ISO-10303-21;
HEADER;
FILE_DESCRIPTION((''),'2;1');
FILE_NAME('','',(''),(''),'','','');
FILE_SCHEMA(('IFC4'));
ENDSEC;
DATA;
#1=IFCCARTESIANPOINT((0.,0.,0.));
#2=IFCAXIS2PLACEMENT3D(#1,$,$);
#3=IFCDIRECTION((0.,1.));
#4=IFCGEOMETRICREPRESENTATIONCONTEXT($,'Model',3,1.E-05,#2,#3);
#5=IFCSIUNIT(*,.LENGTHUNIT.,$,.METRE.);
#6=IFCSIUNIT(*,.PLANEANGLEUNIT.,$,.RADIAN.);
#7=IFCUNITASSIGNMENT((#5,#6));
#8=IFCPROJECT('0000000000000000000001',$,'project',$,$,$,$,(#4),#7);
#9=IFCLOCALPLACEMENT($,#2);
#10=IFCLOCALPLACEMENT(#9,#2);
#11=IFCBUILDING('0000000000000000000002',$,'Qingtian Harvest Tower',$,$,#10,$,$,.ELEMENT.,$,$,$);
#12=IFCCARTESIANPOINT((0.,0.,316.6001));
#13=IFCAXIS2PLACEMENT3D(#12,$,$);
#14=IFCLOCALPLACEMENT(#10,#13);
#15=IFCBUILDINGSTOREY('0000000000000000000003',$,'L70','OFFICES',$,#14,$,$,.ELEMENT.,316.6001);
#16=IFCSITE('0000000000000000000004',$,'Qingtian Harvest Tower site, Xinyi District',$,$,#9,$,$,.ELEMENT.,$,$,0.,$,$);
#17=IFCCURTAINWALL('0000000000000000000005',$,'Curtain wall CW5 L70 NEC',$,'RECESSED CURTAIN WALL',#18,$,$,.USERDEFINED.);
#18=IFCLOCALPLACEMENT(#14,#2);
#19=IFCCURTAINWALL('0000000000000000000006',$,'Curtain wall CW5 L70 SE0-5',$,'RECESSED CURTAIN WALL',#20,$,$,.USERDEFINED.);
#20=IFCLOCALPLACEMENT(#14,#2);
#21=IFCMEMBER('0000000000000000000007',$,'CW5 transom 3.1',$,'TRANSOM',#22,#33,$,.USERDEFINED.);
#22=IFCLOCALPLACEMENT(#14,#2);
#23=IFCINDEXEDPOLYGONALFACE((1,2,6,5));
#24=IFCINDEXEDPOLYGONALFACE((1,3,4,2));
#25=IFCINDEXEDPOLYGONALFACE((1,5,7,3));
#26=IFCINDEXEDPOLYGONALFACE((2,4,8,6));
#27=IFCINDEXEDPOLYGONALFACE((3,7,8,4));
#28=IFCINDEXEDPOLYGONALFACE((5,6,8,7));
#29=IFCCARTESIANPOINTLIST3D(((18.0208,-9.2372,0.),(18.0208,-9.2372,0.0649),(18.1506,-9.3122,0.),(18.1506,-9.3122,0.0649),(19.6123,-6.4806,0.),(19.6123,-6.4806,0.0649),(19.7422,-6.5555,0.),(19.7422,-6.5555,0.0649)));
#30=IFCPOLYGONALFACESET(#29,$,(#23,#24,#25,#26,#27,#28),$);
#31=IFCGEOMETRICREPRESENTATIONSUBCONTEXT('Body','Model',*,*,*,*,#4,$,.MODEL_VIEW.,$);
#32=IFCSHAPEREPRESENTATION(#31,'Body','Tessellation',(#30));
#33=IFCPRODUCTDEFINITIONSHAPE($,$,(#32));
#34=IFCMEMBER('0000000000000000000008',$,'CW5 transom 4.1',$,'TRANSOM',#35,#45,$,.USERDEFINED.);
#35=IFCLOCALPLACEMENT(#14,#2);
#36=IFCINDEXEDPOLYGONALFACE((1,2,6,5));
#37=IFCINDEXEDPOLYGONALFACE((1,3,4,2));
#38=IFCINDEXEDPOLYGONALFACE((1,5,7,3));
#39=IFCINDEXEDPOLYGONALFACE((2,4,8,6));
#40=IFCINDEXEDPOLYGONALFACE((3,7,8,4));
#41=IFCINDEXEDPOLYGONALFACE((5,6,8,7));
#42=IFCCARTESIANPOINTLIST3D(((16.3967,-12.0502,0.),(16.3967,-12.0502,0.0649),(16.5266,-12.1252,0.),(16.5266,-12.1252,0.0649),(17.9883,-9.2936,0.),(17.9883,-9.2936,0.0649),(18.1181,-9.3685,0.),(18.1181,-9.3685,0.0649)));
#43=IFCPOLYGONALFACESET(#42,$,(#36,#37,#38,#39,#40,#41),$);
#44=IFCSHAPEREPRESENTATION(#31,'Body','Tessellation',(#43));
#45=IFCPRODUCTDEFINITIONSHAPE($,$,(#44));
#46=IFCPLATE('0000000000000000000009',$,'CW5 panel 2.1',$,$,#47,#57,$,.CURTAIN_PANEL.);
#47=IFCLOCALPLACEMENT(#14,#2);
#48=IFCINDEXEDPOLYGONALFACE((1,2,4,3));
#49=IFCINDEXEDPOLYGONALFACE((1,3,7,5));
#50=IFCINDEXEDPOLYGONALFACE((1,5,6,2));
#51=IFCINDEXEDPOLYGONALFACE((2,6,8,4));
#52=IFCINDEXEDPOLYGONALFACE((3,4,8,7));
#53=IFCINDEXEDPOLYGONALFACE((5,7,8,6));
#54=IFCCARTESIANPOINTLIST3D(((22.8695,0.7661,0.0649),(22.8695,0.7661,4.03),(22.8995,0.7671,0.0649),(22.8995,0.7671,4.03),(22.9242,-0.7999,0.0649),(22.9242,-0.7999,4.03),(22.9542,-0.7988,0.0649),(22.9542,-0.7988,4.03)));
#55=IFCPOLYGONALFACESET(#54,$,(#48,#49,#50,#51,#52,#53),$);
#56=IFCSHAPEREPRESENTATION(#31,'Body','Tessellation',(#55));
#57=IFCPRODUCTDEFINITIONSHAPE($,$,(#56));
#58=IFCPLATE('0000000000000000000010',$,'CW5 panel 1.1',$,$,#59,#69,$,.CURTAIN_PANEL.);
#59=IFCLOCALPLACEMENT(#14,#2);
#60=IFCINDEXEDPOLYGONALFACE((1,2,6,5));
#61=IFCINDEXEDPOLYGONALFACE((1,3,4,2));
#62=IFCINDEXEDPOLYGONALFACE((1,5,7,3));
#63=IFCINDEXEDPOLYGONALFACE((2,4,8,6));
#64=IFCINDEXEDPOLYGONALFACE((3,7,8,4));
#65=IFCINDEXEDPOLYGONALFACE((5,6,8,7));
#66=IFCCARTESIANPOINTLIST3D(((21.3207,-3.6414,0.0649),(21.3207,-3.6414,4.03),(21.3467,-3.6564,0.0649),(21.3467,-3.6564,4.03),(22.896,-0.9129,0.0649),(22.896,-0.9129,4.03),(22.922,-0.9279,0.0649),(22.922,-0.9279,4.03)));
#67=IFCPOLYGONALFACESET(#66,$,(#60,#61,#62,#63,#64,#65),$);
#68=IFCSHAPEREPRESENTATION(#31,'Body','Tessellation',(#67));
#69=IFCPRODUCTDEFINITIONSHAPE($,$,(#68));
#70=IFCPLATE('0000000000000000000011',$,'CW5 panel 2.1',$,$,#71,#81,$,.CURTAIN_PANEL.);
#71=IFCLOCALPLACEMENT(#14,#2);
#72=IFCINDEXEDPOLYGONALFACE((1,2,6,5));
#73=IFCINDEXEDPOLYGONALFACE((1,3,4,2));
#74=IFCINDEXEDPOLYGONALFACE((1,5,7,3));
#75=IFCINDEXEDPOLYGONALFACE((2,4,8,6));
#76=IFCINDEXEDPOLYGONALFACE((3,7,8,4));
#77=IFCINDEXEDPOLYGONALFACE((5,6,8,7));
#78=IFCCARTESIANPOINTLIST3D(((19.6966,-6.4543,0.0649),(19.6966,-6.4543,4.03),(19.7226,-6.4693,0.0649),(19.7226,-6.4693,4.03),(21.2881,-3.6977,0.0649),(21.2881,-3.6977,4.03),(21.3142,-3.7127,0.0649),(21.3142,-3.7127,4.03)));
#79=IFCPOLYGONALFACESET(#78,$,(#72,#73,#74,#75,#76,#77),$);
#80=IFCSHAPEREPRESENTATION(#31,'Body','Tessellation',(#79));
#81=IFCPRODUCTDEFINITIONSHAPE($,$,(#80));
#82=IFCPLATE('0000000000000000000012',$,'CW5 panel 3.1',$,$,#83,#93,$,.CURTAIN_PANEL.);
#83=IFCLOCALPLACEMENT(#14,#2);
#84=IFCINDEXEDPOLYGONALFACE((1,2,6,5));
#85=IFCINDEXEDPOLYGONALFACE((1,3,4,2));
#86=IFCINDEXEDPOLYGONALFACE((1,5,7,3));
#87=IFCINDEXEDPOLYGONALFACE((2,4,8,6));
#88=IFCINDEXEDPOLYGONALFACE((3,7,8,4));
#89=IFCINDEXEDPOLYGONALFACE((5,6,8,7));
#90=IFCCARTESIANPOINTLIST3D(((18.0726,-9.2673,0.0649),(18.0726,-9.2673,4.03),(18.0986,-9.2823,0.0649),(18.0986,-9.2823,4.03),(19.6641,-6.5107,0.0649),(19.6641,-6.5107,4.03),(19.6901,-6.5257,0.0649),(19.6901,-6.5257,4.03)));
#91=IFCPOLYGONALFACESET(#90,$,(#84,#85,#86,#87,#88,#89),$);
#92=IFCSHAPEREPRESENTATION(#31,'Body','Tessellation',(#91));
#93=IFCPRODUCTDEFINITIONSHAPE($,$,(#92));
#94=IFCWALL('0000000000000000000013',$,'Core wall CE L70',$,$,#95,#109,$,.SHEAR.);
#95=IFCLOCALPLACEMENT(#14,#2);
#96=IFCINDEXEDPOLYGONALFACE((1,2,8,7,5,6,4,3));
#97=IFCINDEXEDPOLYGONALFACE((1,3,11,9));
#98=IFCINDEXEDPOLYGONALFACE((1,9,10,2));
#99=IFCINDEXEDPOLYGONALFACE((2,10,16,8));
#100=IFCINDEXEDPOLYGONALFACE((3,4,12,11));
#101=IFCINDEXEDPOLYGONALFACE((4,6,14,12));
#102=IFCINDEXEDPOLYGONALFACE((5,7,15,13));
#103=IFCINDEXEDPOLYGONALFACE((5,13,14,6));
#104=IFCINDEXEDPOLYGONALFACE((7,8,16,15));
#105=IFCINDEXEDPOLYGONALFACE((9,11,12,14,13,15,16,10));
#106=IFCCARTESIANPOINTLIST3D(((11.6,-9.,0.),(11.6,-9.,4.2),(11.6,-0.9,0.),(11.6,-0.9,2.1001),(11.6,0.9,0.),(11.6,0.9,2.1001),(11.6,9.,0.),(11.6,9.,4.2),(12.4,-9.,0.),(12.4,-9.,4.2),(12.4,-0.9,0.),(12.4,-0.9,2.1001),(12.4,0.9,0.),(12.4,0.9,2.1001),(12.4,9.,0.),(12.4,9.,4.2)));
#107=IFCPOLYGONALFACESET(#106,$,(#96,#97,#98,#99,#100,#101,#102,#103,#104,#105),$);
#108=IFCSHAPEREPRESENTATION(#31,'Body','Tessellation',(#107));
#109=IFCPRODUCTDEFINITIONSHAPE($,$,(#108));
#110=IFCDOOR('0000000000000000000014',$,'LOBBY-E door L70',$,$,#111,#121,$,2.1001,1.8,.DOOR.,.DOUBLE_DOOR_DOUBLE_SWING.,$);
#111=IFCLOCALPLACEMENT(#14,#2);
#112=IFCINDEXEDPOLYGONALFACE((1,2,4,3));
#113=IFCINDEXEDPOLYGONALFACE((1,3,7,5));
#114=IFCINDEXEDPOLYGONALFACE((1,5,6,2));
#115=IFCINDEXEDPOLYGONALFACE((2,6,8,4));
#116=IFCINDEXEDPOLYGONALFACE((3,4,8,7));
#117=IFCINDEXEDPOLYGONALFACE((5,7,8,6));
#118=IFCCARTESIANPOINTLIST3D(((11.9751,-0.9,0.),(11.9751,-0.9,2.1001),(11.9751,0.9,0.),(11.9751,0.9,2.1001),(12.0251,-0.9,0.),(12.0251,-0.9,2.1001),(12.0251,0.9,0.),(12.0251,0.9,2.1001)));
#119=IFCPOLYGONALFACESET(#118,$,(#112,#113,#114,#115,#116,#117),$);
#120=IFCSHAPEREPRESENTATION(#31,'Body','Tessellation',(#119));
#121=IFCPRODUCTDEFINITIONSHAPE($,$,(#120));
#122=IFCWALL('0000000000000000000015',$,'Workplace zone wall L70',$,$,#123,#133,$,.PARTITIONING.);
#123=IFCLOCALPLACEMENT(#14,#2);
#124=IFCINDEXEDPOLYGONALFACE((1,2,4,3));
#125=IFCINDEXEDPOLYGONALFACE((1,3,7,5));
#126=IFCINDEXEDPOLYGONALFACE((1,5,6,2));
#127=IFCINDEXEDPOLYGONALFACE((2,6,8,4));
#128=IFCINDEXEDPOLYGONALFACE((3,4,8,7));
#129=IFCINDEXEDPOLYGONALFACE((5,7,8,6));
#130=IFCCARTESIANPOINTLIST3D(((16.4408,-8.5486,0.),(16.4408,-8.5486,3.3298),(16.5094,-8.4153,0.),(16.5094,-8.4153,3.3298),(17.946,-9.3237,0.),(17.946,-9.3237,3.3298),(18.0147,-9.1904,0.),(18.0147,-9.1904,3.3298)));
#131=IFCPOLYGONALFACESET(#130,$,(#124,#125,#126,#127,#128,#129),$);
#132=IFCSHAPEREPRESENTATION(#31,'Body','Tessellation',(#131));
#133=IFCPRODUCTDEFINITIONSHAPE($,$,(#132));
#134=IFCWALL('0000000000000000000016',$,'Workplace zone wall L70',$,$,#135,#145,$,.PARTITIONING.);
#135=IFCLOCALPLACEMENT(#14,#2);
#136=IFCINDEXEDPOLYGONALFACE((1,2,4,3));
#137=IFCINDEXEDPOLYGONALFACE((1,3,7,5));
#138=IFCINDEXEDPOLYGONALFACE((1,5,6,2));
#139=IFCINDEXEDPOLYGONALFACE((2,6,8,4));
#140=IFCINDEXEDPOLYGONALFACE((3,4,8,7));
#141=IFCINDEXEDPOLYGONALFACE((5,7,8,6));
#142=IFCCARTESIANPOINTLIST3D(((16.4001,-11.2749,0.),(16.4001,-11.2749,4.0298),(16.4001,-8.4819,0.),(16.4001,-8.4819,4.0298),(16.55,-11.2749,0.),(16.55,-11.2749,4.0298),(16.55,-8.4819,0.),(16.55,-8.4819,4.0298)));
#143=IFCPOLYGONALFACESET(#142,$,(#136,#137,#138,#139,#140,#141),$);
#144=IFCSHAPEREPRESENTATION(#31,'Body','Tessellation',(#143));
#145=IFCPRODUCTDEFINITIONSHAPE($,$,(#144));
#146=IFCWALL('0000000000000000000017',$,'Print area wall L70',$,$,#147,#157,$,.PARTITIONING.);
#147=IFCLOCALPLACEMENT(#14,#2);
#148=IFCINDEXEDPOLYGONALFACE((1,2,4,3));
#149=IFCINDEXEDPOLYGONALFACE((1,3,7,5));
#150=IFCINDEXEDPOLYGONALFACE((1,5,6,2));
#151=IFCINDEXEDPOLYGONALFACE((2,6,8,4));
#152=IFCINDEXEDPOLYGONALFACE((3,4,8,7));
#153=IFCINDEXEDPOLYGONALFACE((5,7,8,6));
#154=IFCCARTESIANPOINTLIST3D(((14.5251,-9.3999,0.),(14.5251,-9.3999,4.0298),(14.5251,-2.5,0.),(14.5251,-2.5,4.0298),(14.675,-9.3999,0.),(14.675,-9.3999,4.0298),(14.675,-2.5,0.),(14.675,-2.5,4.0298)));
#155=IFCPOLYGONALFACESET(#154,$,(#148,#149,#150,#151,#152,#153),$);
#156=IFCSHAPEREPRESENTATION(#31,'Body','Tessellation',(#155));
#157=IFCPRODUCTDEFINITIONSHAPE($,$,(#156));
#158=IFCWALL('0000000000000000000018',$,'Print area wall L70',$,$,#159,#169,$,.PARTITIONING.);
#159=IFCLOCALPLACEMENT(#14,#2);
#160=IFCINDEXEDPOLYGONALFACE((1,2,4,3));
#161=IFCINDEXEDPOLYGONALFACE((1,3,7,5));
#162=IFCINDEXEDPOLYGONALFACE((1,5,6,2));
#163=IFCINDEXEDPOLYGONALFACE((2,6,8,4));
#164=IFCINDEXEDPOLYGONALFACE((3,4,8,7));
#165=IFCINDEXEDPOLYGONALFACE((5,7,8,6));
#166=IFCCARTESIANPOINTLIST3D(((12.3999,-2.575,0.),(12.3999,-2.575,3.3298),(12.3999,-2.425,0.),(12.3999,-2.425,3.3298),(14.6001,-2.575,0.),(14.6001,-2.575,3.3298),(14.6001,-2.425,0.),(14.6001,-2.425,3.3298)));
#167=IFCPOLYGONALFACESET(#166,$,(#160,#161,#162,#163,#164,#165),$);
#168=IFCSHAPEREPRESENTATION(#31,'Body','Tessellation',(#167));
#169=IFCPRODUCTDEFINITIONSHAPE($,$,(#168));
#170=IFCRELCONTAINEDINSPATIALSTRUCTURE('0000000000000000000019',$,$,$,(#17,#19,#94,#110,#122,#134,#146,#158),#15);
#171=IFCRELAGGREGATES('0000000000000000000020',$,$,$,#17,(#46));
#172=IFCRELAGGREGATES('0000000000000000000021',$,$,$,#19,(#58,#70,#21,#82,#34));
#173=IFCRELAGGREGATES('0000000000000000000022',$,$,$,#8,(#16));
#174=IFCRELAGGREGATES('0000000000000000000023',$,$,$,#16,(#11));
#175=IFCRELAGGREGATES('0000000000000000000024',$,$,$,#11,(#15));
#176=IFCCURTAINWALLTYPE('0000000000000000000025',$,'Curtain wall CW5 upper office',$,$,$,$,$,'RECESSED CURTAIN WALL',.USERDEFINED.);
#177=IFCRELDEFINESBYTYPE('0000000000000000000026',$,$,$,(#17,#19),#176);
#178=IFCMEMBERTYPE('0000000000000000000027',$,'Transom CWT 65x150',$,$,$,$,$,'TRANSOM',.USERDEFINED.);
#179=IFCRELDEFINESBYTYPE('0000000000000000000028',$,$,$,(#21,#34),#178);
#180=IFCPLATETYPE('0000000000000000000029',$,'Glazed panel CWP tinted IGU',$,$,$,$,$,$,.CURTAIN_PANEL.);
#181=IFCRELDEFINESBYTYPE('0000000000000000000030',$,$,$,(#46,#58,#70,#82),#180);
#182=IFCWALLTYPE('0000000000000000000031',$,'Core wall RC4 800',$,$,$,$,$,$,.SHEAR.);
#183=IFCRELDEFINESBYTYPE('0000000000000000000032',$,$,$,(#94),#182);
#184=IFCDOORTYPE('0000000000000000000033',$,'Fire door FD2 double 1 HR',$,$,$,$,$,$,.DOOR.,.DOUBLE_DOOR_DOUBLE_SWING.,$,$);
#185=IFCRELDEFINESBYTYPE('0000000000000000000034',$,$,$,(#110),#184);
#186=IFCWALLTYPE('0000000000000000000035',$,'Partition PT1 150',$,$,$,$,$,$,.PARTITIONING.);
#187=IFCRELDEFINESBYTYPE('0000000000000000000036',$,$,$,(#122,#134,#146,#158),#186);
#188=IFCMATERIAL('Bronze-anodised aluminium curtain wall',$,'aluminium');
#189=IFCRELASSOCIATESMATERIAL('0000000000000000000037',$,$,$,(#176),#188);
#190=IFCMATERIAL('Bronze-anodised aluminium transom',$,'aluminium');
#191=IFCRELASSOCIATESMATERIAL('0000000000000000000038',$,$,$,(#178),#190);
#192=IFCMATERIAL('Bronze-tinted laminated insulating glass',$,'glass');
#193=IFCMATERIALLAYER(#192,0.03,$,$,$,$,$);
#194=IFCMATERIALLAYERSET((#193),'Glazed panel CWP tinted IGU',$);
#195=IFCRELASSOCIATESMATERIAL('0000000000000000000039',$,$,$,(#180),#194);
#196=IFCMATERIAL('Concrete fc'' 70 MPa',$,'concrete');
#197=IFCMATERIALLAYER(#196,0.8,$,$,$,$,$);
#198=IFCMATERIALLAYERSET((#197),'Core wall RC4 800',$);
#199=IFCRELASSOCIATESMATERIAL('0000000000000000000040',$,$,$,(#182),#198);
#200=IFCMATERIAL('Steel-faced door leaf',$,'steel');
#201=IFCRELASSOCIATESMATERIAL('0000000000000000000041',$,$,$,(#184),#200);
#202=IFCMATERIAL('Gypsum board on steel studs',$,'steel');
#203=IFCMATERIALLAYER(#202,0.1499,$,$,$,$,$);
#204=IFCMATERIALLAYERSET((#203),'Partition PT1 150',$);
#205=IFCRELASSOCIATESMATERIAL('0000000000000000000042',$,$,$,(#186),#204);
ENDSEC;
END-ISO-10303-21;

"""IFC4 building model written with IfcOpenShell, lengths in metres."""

from ifc_helpers import new_model, si_unit, direction, frame, frame_2d, origin, origin_2d, place, context, subcontext, project, spatial, rectangle, extrude, material, layer, layer_set, material_profile, profile_set, type_object, element, fill, aggregate, save


model = new_model("IFC4")

# Units and contexts
model_context = context("Model", 3, precision=1e-05, world=origin(), true_north=direction((0.0, 1.0)))
body_context = subcontext(model_context, "Body", "Model", "MODEL_VIEW")
ifc_project = project(units=[si_unit("LENGTHUNIT", "METRE"), si_unit("PLANEANGLEUNIT", "RADIAN")], contexts=[model_context])

# Site, building, storey
site_placement = place(None, origin())
site = spatial("IfcSite", under=ifc_project, at=site_placement, Name="Qingtian Harvest Tower site, Xinyi District", CompositionType="ELEMENT", RefElevation=0.0)
building_placement = place(site_placement, origin())
building = spatial("IfcBuilding", under=site, at=building_placement, Name="Qingtian Harvest Tower", CompositionType="ELEMENT")
storey_placement = place(building_placement, frame((0.0, 0.0, 316.6001)))
storey = spatial("IfcBuildingStorey", under=building, at=storey_placement, Name="L70", Description="OFFICES", CompositionType="ELEMENT", Elevation=316.6001)

# Curtain wall
ifc_material_1 = material(Name="Bronze-anodised aluminium curtain wall", Category="aluminium")
curtain_wall_type = type_object("IfcCurtainWallType", Name="Curtain wall CW5 upper office", ElementType="RECESSED CURTAIN WALL", PredefinedType="USERDEFINED", material=ifc_material_1)
curtain_wall_1_placement = place(storey_placement, origin())
curtain_wall_1 = element("IfcCurtainWall", 1, at=curtain_wall_1_placement, inside=storey, type_object=curtain_wall_type, Name="Curtain wall CW5 L70 NEC", ObjectType="RECESSED CURTAIN WALL", PredefinedType="USERDEFINED")

# Curtain wall
curtain_wall_2_placement = place(storey_placement, origin())
curtain_wall_2 = element("IfcCurtainWall", 2, at=curtain_wall_2_placement, inside=storey, type_object=curtain_wall_type, Name="Curtain wall CW5 L70 SE0-5", ObjectType="RECESSED CURTAIN WALL", PredefinedType="USERDEFINED")

# Members
ifc_material_2 = material(Name="Bronze-anodised aluminium transom", Category="aluminium")
ifc_material_profile_1 = material_profile(ifc_material_2, rectangle(XDim=0.1499, YDim=0.0649, at=origin_2d()), Name="AL 65x150")
ifc_profile_set_1 = profile_set([ifc_material_profile_1], Name="Bronze-anodised aluminium transom")
member_type_1 = type_object("IfcMemberType", Name="Transom CWT 65x150", ElementType="TRANSOM", PredefinedType="USERDEFINED", material=ifc_profile_set_1)
member_1_placement = place(storey_placement, frame((19.6772, -6.5181, 0.0325), z_axis=(-0.500008, -0.866021, 0.0), x_axis=(0.866021, -0.500008, 0.0)))
member_1 = element("IfcMember", 3, at=member_1_placement, type_object=member_type_1, Name="CW5 transom 3.1", ObjectType="TRANSOM", PredefinedType="USERDEFINED", context=body_context, shape_type="SweptSolid", body=[
    extrude(rectangle(XDim=0.1499, YDim=0.0649, at=origin_2d()), origin(), (0.0, 0.0, 1.0), 3.1831),
])
member_2_placement = place(storey_placement, frame((18.0532, -9.3311, 0.0325), z_axis=(-0.500008, -0.866021, 0.0), x_axis=(0.866021, -0.500008, 0.0)))
member_2 = element("IfcMember", 4, at=member_2_placement, type_object=member_type_1, Name="CW5 transom 4.1", ObjectType="TRANSOM", PredefinedType="USERDEFINED", context=body_context, shape_type="SweptSolid", body=[
    extrude(rectangle(XDim=0.1499, YDim=0.0649, at=origin_2d()), origin(), (0.0, 0.0, 1.0), 3.1831),
])

# Plates
ifc_material_3 = material(Name="Bronze-tinted laminated insulating glass", Category="glass")
ifc_layer_1 = layer(ifc_material_3, 0.03)
ifc_layer_set_1 = layer_set([ifc_layer_1], Name="Glazed panel CWP tinted IGU")
plate_type = type_object("IfcPlateType", Name="Glazed panel CWP tinted IGU", PredefinedType="CURTAIN_PANEL", material=ifc_layer_set_1)
plate_1_placement = place(storey_placement, frame((22.9119, -0.0164, 0.0649), z_axis=(0.0, 0.0, 1.0), x_axis=(0.034899, -0.999391, 0.0)))
plate_1 = element("IfcPlate", 5, at=plate_1_placement, type_object=plate_type, Name="CW5 panel 2.1", PredefinedType="CURTAIN_PANEL", context=body_context, shape_type="SweptSolid", body=[
    extrude(rectangle(XDim=1.5669, YDim=0.03, at=origin_2d()), origin(), (0.0, 0.0, 1.0), 3.9651),
])
aggregate(curtain_wall_1, [plate_1])
plate_2_placement = place(storey_placement, frame((22.1213, -2.2847, 0.0649), z_axis=(0.0, 0.0, 1.0), x_axis=(-0.5, -0.866025, 0.0)))
plate_2 = element("IfcPlate", 6, at=plate_2_placement, type_object=plate_type, Name="CW5 panel 1.1", PredefinedType="CURTAIN_PANEL", context=body_context, shape_type="SweptSolid", body=[
    extrude(rectangle(XDim=3.1506, YDim=0.03, at=origin_2d()), origin(), (0.0, 0.0, 1.0), 3.9651),
])
plate_3_placement = place(storey_placement, frame((20.5054, -5.0835, 0.0649), z_axis=(0.0, 0.0, 1.0), x_axis=(-0.5, -0.866025, 0.0)))
plate_3 = element("IfcPlate", 7, at=plate_3_placement, type_object=plate_type, Name="CW5 panel 2.1", PredefinedType="CURTAIN_PANEL", context=body_context, shape_type="SweptSolid", body=[
    extrude(rectangle(XDim=3.1831, YDim=0.03, at=origin_2d()), origin(), (0.0, 0.0, 1.0), 3.9651),
])
plate_4_placement = place(storey_placement, frame((18.8813, -7.8965, 0.0649), z_axis=(0.0, 0.0, 1.0), x_axis=(-0.5, -0.866025, 0.0)))
plate_4 = element("IfcPlate", 8, at=plate_4_placement, type_object=plate_type, Name="CW5 panel 3.1", PredefinedType="CURTAIN_PANEL", context=body_context, shape_type="SweptSolid", body=[
    extrude(rectangle(XDim=3.1831, YDim=0.03, at=origin_2d()), origin(), (0.0, 0.0, 1.0), 3.9651),
])
aggregate(curtain_wall_2, [plate_2, plate_3, member_1, plate_4, member_2])

# Wall, opening, door
ifc_material_4 = material(Name="Concrete fc' 70 MPa", Category="concrete")
ifc_layer_2 = layer(ifc_material_4, 0.8)
ifc_layer_set_2 = layer_set([ifc_layer_2], Name="Core wall RC4 800")
wall_type_1 = type_object("IfcWallType", Name="Core wall RC4 800", PredefinedType="SHEAR", material=ifc_layer_set_2)
wall_1_placement = place(storey_placement, frame((12.0, -9.0, 0.0), z_axis=(0.0, 0.0, 1.0), x_axis=(0.0, 1.0, 0.0)))
wall_1 = element("IfcWall", 9, at=wall_1_placement, inside=storey, type_object=wall_type_1, Name="Core wall CE L70", PredefinedType="SHEAR", context=body_context, shape_type="SweptSolid", body=[
    extrude(rectangle(XDim=18.0, YDim=0.8, at=frame_2d((9.0, 0.0))), origin(), (0.0, 0.0, 1.0), 4.2),
])
opening_placement = place(wall_1_placement, frame((8.1001, 0.0, 0.0)))
opening = element("IfcOpeningElement", 10, at=opening_placement, cuts=wall_1, PredefinedType="OPENING", context=body_context, shape_type="SweptSolid", body=[
    extrude(rectangle(XDim=1.8, YDim=2.1001, at=frame_2d((0.8999, 1.05))), frame((0.0, 0.4099, 0.0), z_axis=(0.0, -1.0, 0.0), x_axis=(1.0, 0.0, 0.0)), (0.0, 0.0, 1.0), 0.8201),
])
ifc_material_5 = material(Name="Steel-faced door leaf", Category="steel")
door_type = type_object("IfcDoorType", Name="Fire door FD2 double 1 HR", OperationType="DOUBLE_DOOR_DOUBLE_SWING", PredefinedType="DOOR", material=ifc_material_5)
door_placement = place(opening_placement, origin())
door = element("IfcDoor", 11, at=door_placement, inside=storey, type_object=door_type, Name="LOBBY-E door L70", OperationType="DOUBLE_DOOR_DOUBLE_SWING", OverallHeight=2.1001, OverallWidth=1.8, PredefinedType="DOOR", context=body_context, shape_type="SweptSolid", body=[
    extrude(rectangle(XDim=1.8, YDim=2.1001, at=frame_2d((0.8999, 1.05))), frame((0.0, 0.0249, 0.0), z_axis=(0.0, -1.0, 0.0), x_axis=(1.0, 0.0, 0.0)), (0.0, 0.0, 1.0), 0.05),
])
fill(opening, door)

# Walls
ifc_material_6 = material(Name="Gypsum board on steel studs", Category="steel")
ifc_layer_3 = layer(ifc_material_6, 0.1499)
ifc_layer_set_3 = layer_set([ifc_layer_3], Name="Partition PT1 150")
wall_type_2 = type_object("IfcWallType", Name="Partition PT1 150", PredefinedType="PARTITIONING", material=ifc_layer_set_3)
wall_2_placement = place(storey_placement, frame((17.9805, -9.2571, 0.0), z_axis=(0.0, 0.0, 1.0), x_axis=(-0.889058, 0.457794, 0.0)))
element("IfcWall", 12, at=wall_2_placement, inside=storey, type_object=wall_type_2, Name="Workplace zone wall L70", PredefinedType="PARTITIONING", context=body_context, shape_type="SweptSolid", body=[
    extrude(rectangle(XDim=1.6931, YDim=0.1499, at=frame_2d((0.8467, 0.0))), origin(), (0.0, 0.0, 1.0), 3.3298),
])
wall_3_placement = place(storey_placement, frame((16.4751, -8.4819, 0.0), z_axis=(0.0, 0.0, 1.0), x_axis=(0.0, -1.0, 0.0)))
element("IfcWall", 13, at=wall_3_placement, inside=storey, type_object=wall_type_2, Name="Workplace zone wall L70", PredefinedType="PARTITIONING", context=body_context, shape_type="SweptSolid", body=[
    extrude(rectangle(XDim=2.793, YDim=0.1499, at=frame_2d((1.3965, 0.0))), origin(), (0.0, 0.0, 1.0), 4.0298),
])
wall_4_placement = place(storey_placement, frame((14.6001, -9.3999, 0.0), z_axis=(0.0, 0.0, 1.0), x_axis=(0.0, 1.0, 0.0)))
element("IfcWall", 14, at=wall_4_placement, inside=storey, type_object=wall_type_2, Name="Print area wall L70", PredefinedType="PARTITIONING", context=body_context, shape_type="SweptSolid", body=[
    extrude(rectangle(XDim=6.8999, YDim=0.1499, at=frame_2d((3.45, 0.0))), origin(), (0.0, 0.0, 1.0), 4.0298),
])
wall_5_placement = place(storey_placement, frame((12.3999, -2.5, 0.0), z_axis=(0.0, 0.0, 1.0), x_axis=(1.0, 0.0, 0.0)))
element("IfcWall", 15, at=wall_5_placement, inside=storey, type_object=wall_type_2, Name="Print area wall L70", PredefinedType="PARTITIONING", context=body_context, shape_type="SweptSolid", body=[
    extrude(rectangle(XDim=2.2002, YDim=0.1499, at=frame_2d((1.1001, 0.0))), origin(), (0.0, 0.0, 1.0), 3.3298),
])

save(model, "model.ifc")
